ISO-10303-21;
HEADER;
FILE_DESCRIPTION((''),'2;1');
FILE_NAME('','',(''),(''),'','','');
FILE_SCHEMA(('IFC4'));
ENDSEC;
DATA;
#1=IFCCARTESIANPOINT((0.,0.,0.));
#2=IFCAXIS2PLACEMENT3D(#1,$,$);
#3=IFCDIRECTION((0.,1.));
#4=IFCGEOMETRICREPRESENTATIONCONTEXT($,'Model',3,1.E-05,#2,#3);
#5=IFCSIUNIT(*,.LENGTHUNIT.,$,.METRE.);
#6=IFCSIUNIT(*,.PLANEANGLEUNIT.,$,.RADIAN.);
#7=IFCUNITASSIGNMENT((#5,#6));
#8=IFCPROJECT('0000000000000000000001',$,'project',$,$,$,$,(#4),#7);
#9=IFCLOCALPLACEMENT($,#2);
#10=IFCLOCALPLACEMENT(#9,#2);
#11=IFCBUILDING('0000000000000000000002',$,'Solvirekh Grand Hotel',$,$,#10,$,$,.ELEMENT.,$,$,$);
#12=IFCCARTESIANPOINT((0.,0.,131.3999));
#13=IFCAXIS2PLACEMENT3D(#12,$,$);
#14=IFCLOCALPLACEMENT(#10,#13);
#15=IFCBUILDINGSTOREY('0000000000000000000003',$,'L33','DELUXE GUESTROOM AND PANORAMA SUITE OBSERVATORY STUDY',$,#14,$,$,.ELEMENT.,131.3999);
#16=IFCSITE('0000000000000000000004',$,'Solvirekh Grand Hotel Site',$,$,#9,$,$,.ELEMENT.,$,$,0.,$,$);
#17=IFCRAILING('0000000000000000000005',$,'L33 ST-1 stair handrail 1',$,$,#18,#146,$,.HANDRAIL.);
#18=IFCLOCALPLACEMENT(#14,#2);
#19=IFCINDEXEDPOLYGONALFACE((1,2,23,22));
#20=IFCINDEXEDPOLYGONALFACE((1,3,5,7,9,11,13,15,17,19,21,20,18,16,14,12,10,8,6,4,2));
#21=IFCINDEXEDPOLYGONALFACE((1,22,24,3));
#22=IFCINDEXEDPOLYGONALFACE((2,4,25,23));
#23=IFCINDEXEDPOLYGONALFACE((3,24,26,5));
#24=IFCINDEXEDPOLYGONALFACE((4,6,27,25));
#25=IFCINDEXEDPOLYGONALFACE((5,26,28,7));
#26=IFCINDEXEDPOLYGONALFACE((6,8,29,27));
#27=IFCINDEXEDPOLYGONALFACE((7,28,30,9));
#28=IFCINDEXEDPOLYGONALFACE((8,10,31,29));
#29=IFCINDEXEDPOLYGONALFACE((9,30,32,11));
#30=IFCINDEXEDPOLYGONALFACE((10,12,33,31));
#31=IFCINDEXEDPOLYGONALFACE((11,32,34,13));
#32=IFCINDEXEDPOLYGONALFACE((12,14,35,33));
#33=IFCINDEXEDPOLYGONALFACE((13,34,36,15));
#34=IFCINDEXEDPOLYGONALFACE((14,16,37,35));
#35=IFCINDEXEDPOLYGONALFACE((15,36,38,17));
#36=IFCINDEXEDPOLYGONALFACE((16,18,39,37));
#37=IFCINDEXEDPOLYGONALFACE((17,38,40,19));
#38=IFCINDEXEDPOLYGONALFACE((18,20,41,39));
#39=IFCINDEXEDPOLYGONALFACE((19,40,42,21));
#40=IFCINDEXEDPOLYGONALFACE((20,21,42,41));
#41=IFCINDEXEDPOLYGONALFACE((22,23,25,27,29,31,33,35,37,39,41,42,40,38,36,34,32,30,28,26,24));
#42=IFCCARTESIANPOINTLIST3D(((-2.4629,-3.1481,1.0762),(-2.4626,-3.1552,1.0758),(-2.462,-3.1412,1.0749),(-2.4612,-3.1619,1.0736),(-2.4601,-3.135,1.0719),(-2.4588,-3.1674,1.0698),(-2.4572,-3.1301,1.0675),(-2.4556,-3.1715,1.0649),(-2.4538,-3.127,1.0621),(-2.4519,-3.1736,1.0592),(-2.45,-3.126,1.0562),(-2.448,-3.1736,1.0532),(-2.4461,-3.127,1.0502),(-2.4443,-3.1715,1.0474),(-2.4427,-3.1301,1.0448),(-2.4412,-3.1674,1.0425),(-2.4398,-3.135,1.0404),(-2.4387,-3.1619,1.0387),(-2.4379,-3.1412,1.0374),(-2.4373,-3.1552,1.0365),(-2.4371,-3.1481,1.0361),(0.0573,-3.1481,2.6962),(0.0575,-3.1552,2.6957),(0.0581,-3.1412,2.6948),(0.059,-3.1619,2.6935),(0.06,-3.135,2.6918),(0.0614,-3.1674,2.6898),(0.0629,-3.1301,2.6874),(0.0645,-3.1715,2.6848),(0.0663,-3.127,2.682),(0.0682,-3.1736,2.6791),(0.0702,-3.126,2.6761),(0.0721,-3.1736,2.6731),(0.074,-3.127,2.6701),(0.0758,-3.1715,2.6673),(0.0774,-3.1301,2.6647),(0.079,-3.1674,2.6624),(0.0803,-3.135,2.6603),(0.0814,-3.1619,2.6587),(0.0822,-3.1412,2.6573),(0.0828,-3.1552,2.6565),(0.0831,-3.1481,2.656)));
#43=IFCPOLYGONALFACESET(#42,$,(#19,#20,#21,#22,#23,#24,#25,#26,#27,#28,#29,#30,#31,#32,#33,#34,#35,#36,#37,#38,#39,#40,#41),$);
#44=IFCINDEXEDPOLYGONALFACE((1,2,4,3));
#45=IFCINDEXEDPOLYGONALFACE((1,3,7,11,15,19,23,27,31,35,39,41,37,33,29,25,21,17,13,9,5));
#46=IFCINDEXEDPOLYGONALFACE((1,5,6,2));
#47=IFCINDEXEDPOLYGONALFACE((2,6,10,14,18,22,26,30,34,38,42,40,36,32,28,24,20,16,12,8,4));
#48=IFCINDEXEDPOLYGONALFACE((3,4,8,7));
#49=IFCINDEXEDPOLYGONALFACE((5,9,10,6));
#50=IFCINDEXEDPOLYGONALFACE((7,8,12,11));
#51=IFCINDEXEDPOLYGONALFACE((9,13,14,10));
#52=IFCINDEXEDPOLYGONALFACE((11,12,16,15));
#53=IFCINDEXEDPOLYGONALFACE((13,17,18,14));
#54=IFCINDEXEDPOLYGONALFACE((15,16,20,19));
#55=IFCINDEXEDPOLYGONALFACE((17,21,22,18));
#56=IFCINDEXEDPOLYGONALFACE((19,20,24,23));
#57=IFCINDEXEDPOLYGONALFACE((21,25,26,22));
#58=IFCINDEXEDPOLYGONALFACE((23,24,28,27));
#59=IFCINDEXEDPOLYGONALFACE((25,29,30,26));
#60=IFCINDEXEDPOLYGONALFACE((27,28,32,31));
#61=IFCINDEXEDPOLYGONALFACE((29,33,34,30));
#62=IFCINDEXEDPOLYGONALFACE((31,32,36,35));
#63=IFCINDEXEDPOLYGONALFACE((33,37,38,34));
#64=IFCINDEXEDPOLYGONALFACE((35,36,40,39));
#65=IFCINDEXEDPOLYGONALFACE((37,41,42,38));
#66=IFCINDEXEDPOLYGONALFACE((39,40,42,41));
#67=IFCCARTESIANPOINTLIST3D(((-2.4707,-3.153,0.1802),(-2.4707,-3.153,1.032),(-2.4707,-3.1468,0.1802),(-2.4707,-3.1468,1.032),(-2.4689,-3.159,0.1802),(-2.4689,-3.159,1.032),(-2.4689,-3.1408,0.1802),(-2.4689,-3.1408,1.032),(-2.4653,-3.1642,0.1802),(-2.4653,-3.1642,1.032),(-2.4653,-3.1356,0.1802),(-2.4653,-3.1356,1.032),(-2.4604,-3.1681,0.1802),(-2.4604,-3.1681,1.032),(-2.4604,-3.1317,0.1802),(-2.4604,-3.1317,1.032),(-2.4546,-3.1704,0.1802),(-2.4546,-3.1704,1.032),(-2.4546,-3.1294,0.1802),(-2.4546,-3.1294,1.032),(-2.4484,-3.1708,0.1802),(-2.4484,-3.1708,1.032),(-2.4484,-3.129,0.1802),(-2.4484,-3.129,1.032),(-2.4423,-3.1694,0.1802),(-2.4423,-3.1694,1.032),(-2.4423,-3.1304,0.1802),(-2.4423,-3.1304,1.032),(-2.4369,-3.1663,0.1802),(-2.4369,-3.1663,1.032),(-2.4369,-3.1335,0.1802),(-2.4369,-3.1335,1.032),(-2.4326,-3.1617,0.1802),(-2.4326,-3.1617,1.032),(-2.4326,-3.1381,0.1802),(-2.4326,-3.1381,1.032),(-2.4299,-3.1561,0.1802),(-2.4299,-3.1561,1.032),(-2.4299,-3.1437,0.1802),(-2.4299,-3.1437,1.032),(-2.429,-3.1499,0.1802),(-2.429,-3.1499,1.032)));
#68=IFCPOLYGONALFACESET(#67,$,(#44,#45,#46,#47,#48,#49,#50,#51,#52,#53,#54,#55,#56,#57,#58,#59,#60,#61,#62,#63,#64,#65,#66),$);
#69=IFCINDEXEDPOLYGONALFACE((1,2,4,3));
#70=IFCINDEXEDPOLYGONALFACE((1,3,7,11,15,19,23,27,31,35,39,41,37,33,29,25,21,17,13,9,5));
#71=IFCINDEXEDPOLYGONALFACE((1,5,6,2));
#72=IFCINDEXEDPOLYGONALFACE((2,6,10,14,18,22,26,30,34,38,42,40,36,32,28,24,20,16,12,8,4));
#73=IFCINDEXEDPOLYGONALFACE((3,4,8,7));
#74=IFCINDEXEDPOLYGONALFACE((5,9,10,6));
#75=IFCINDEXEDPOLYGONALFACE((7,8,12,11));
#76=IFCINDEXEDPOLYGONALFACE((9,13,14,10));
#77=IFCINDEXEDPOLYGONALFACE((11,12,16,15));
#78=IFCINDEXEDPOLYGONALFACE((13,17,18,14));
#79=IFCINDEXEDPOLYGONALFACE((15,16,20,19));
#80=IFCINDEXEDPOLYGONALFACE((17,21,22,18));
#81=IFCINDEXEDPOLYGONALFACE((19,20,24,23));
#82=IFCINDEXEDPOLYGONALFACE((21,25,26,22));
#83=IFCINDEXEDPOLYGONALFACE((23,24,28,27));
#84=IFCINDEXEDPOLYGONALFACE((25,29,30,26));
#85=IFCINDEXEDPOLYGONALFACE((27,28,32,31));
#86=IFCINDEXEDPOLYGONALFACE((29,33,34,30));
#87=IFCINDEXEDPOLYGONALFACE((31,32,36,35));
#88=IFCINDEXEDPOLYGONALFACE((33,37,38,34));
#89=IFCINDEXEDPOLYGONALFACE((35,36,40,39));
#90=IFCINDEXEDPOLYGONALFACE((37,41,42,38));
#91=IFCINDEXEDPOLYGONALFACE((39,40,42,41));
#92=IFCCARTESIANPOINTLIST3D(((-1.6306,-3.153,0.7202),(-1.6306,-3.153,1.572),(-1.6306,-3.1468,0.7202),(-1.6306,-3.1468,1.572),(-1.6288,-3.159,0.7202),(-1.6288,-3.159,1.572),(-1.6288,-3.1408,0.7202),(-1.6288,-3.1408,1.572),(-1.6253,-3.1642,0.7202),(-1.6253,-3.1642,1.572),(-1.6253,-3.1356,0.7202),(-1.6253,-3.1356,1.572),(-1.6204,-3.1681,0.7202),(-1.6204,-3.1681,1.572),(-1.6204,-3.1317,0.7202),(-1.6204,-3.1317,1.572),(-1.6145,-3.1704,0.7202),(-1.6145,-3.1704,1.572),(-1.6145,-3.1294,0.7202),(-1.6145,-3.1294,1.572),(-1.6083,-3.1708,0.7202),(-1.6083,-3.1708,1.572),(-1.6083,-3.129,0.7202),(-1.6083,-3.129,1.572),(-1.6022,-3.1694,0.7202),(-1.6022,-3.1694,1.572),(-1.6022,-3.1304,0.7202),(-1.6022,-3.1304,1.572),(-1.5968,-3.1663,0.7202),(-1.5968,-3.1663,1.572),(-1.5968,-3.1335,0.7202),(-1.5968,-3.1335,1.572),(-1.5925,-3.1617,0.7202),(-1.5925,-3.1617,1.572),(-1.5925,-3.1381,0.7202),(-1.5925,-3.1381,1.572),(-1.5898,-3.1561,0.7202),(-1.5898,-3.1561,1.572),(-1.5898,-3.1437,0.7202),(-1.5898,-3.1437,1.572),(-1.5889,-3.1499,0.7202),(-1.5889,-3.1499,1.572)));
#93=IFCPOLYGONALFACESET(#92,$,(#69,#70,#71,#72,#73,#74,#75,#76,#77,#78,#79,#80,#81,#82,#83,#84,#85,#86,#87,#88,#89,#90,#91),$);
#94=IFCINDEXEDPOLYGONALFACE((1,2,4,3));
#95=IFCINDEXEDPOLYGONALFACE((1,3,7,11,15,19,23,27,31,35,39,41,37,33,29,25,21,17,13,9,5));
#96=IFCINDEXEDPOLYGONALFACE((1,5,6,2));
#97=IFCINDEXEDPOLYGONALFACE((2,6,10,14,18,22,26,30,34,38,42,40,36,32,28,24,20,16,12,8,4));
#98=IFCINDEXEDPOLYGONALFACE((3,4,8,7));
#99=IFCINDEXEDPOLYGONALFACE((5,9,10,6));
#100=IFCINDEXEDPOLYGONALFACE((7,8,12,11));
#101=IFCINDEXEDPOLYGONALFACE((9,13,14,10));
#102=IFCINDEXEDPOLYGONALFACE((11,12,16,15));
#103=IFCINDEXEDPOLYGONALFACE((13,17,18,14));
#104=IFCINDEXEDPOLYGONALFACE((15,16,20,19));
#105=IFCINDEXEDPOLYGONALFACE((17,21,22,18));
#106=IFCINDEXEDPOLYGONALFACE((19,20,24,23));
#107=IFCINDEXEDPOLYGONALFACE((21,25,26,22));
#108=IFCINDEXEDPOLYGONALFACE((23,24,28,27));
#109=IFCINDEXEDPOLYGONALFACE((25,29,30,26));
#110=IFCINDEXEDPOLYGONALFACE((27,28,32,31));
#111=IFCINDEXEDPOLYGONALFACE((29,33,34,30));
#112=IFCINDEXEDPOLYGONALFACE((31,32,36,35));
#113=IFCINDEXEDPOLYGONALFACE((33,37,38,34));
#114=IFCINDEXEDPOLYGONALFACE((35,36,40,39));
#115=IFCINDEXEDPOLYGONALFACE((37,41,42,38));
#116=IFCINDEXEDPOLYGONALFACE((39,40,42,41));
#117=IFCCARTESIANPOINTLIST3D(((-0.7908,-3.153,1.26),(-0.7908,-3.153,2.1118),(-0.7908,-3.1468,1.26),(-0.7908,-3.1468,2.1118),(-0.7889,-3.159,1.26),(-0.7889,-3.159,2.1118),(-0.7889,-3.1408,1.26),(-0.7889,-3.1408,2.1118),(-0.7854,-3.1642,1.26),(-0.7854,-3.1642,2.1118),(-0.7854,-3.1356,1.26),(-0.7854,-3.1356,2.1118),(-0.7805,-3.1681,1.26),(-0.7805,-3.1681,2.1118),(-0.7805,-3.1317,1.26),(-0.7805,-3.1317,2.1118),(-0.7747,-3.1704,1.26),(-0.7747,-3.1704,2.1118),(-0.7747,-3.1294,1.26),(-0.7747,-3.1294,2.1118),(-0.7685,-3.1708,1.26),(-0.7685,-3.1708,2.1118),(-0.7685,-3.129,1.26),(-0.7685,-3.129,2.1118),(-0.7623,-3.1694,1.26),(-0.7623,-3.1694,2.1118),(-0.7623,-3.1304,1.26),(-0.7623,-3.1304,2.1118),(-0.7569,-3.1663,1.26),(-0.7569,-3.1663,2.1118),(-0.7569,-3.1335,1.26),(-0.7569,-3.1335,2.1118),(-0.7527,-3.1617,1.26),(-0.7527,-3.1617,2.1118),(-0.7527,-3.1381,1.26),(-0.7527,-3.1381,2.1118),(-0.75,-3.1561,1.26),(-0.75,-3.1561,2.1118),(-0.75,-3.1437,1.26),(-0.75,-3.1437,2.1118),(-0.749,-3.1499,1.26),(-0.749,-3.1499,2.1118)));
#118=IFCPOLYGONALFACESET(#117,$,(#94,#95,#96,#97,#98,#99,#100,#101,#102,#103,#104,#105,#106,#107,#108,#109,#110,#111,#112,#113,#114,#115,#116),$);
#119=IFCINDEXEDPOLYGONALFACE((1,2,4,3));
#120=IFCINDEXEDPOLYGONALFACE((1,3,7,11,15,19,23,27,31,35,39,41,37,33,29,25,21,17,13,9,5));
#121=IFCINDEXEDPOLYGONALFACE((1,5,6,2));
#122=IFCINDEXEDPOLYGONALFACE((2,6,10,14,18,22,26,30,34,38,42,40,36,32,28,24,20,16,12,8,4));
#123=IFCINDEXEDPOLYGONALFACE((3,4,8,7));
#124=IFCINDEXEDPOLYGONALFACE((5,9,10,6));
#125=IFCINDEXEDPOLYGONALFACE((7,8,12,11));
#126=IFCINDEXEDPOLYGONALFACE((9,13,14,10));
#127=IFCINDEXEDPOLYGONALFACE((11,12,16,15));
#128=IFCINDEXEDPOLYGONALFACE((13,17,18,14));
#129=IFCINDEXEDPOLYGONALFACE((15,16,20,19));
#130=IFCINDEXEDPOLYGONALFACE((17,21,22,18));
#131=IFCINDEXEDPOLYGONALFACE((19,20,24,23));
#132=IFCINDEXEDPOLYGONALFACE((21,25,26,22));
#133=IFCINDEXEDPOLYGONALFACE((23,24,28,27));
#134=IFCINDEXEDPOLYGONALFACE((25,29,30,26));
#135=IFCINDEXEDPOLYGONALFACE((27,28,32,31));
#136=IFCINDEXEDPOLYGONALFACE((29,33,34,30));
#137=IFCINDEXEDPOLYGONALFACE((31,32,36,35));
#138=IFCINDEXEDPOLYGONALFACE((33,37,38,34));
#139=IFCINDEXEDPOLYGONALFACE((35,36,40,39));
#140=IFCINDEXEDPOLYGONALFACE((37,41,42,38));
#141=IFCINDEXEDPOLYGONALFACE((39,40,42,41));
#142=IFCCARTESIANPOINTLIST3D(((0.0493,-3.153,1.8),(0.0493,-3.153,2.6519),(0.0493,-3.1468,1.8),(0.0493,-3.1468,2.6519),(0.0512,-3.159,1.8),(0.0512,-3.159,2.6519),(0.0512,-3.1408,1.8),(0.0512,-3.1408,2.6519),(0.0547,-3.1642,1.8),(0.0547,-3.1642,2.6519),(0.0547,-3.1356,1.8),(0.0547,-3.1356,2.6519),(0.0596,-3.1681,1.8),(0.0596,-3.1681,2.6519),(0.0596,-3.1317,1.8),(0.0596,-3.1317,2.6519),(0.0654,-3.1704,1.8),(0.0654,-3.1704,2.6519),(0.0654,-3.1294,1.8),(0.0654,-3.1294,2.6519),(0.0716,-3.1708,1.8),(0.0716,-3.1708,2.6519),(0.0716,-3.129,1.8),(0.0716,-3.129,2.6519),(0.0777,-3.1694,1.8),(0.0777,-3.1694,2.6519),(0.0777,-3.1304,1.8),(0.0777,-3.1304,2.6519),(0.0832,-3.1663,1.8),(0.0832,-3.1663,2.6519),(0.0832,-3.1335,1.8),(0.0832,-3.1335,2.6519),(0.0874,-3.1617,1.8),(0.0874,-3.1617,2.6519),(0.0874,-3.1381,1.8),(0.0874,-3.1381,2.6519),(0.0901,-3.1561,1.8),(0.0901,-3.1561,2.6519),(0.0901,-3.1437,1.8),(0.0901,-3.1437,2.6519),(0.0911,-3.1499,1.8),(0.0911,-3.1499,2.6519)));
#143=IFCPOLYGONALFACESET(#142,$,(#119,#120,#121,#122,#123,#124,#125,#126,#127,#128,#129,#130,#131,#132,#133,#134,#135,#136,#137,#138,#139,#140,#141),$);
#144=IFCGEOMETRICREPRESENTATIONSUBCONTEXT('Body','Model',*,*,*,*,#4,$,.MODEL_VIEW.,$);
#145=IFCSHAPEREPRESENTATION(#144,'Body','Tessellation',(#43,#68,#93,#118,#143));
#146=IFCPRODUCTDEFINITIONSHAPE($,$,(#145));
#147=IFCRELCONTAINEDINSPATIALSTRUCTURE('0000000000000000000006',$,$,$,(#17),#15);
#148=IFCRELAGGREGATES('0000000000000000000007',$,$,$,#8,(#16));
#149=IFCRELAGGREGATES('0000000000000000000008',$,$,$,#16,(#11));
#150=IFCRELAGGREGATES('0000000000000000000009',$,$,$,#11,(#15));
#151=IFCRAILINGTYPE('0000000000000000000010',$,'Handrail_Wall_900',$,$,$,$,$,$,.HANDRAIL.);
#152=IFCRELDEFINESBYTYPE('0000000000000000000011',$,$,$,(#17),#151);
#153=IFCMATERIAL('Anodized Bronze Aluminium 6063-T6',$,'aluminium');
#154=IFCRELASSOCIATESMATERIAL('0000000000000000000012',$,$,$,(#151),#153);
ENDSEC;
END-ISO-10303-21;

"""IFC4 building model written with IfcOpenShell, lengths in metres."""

from ifc_helpers import new_model, si_unit, direction, frame, origin, origin_2d, place, context, subcontext, project, spatial, circle, extrude, material, type_object, element, save


model = new_model("IFC4")

# Units and contexts
model_context = context("Model", 3, precision=1e-05, world=origin(), true_north=direction((0.0, 1.0)))
body_context = subcontext(model_context, "Body", "Model", "MODEL_VIEW")
ifc_project = project(units=[si_unit("LENGTHUNIT", "METRE"), si_unit("PLANEANGLEUNIT", "RADIAN")], contexts=[model_context])

# Site, building, storey
site_placement = place(None, origin())
site = spatial("IfcSite", under=ifc_project, at=site_placement, Name="Solvirekh Grand Hotel Site", CompositionType="ELEMENT", RefElevation=0.0)
building_placement = place(site_placement, origin())
building = spatial("IfcBuilding", under=site, at=building_placement, Name="Solvirekh Grand Hotel", CompositionType="ELEMENT")
storey_placement = place(building_placement, frame((0.0, 0.0, 131.3999)))
storey = spatial("IfcBuildingStorey", under=building, at=storey_placement, Name="L33", Description="DELUXE GUESTROOM AND PANORAMA SUITE OBSERVATORY STUDY", CompositionType="ELEMENT", Elevation=131.3999)

# Railing
ifc_material_1 = material(Name="Anodized Bronze Aluminium 6063-T6", Category="aluminium")
railing_type_1 = type_object("IfcRailingType", Name="Handrail_Wall_900", PredefinedType="HANDRAIL", material=ifc_material_1)
railing_1_placement = place(storey_placement, frame((-2.45, -3.1499, 0.1802)))
element("IfcRailing", 1, at=railing_1_placement, inside=storey, type_object=railing_type_1, Name="L33 ST-1 stair handrail 1", PredefinedType="HANDRAIL", context=body_context, shape_type="SweptSolid", body=[
    extrude(circle(Radius=0.0239, at=origin_2d()), frame((0.0, 0.0, 0.876), z_axis=(0.8412, 0.0, 0.540725), x_axis=(0.0, 1.0, 0.0)), (0.0, 0.0, 1.0), 2.9958),
    extrude(circle(Radius=0.021, at=origin_2d()), origin(), (0.0, 0.0, 1.0), 0.8518),
    extrude(circle(Radius=0.021, at=origin_2d()), frame((0.8401, 0.0, 0.54)), (0.0, 0.0, 1.0), 0.8518),
    extrude(circle(Radius=0.021, at=origin_2d()), frame((1.6799, 0.0, 1.0798)), (0.0, 0.0, 1.0), 0.8518),
    extrude(circle(Radius=0.021, at=origin_2d()), frame((2.52, 0.0, 1.6199)), (0.0, 0.0, 1.0), 0.8518),
])

save(model, "model.ifc")
